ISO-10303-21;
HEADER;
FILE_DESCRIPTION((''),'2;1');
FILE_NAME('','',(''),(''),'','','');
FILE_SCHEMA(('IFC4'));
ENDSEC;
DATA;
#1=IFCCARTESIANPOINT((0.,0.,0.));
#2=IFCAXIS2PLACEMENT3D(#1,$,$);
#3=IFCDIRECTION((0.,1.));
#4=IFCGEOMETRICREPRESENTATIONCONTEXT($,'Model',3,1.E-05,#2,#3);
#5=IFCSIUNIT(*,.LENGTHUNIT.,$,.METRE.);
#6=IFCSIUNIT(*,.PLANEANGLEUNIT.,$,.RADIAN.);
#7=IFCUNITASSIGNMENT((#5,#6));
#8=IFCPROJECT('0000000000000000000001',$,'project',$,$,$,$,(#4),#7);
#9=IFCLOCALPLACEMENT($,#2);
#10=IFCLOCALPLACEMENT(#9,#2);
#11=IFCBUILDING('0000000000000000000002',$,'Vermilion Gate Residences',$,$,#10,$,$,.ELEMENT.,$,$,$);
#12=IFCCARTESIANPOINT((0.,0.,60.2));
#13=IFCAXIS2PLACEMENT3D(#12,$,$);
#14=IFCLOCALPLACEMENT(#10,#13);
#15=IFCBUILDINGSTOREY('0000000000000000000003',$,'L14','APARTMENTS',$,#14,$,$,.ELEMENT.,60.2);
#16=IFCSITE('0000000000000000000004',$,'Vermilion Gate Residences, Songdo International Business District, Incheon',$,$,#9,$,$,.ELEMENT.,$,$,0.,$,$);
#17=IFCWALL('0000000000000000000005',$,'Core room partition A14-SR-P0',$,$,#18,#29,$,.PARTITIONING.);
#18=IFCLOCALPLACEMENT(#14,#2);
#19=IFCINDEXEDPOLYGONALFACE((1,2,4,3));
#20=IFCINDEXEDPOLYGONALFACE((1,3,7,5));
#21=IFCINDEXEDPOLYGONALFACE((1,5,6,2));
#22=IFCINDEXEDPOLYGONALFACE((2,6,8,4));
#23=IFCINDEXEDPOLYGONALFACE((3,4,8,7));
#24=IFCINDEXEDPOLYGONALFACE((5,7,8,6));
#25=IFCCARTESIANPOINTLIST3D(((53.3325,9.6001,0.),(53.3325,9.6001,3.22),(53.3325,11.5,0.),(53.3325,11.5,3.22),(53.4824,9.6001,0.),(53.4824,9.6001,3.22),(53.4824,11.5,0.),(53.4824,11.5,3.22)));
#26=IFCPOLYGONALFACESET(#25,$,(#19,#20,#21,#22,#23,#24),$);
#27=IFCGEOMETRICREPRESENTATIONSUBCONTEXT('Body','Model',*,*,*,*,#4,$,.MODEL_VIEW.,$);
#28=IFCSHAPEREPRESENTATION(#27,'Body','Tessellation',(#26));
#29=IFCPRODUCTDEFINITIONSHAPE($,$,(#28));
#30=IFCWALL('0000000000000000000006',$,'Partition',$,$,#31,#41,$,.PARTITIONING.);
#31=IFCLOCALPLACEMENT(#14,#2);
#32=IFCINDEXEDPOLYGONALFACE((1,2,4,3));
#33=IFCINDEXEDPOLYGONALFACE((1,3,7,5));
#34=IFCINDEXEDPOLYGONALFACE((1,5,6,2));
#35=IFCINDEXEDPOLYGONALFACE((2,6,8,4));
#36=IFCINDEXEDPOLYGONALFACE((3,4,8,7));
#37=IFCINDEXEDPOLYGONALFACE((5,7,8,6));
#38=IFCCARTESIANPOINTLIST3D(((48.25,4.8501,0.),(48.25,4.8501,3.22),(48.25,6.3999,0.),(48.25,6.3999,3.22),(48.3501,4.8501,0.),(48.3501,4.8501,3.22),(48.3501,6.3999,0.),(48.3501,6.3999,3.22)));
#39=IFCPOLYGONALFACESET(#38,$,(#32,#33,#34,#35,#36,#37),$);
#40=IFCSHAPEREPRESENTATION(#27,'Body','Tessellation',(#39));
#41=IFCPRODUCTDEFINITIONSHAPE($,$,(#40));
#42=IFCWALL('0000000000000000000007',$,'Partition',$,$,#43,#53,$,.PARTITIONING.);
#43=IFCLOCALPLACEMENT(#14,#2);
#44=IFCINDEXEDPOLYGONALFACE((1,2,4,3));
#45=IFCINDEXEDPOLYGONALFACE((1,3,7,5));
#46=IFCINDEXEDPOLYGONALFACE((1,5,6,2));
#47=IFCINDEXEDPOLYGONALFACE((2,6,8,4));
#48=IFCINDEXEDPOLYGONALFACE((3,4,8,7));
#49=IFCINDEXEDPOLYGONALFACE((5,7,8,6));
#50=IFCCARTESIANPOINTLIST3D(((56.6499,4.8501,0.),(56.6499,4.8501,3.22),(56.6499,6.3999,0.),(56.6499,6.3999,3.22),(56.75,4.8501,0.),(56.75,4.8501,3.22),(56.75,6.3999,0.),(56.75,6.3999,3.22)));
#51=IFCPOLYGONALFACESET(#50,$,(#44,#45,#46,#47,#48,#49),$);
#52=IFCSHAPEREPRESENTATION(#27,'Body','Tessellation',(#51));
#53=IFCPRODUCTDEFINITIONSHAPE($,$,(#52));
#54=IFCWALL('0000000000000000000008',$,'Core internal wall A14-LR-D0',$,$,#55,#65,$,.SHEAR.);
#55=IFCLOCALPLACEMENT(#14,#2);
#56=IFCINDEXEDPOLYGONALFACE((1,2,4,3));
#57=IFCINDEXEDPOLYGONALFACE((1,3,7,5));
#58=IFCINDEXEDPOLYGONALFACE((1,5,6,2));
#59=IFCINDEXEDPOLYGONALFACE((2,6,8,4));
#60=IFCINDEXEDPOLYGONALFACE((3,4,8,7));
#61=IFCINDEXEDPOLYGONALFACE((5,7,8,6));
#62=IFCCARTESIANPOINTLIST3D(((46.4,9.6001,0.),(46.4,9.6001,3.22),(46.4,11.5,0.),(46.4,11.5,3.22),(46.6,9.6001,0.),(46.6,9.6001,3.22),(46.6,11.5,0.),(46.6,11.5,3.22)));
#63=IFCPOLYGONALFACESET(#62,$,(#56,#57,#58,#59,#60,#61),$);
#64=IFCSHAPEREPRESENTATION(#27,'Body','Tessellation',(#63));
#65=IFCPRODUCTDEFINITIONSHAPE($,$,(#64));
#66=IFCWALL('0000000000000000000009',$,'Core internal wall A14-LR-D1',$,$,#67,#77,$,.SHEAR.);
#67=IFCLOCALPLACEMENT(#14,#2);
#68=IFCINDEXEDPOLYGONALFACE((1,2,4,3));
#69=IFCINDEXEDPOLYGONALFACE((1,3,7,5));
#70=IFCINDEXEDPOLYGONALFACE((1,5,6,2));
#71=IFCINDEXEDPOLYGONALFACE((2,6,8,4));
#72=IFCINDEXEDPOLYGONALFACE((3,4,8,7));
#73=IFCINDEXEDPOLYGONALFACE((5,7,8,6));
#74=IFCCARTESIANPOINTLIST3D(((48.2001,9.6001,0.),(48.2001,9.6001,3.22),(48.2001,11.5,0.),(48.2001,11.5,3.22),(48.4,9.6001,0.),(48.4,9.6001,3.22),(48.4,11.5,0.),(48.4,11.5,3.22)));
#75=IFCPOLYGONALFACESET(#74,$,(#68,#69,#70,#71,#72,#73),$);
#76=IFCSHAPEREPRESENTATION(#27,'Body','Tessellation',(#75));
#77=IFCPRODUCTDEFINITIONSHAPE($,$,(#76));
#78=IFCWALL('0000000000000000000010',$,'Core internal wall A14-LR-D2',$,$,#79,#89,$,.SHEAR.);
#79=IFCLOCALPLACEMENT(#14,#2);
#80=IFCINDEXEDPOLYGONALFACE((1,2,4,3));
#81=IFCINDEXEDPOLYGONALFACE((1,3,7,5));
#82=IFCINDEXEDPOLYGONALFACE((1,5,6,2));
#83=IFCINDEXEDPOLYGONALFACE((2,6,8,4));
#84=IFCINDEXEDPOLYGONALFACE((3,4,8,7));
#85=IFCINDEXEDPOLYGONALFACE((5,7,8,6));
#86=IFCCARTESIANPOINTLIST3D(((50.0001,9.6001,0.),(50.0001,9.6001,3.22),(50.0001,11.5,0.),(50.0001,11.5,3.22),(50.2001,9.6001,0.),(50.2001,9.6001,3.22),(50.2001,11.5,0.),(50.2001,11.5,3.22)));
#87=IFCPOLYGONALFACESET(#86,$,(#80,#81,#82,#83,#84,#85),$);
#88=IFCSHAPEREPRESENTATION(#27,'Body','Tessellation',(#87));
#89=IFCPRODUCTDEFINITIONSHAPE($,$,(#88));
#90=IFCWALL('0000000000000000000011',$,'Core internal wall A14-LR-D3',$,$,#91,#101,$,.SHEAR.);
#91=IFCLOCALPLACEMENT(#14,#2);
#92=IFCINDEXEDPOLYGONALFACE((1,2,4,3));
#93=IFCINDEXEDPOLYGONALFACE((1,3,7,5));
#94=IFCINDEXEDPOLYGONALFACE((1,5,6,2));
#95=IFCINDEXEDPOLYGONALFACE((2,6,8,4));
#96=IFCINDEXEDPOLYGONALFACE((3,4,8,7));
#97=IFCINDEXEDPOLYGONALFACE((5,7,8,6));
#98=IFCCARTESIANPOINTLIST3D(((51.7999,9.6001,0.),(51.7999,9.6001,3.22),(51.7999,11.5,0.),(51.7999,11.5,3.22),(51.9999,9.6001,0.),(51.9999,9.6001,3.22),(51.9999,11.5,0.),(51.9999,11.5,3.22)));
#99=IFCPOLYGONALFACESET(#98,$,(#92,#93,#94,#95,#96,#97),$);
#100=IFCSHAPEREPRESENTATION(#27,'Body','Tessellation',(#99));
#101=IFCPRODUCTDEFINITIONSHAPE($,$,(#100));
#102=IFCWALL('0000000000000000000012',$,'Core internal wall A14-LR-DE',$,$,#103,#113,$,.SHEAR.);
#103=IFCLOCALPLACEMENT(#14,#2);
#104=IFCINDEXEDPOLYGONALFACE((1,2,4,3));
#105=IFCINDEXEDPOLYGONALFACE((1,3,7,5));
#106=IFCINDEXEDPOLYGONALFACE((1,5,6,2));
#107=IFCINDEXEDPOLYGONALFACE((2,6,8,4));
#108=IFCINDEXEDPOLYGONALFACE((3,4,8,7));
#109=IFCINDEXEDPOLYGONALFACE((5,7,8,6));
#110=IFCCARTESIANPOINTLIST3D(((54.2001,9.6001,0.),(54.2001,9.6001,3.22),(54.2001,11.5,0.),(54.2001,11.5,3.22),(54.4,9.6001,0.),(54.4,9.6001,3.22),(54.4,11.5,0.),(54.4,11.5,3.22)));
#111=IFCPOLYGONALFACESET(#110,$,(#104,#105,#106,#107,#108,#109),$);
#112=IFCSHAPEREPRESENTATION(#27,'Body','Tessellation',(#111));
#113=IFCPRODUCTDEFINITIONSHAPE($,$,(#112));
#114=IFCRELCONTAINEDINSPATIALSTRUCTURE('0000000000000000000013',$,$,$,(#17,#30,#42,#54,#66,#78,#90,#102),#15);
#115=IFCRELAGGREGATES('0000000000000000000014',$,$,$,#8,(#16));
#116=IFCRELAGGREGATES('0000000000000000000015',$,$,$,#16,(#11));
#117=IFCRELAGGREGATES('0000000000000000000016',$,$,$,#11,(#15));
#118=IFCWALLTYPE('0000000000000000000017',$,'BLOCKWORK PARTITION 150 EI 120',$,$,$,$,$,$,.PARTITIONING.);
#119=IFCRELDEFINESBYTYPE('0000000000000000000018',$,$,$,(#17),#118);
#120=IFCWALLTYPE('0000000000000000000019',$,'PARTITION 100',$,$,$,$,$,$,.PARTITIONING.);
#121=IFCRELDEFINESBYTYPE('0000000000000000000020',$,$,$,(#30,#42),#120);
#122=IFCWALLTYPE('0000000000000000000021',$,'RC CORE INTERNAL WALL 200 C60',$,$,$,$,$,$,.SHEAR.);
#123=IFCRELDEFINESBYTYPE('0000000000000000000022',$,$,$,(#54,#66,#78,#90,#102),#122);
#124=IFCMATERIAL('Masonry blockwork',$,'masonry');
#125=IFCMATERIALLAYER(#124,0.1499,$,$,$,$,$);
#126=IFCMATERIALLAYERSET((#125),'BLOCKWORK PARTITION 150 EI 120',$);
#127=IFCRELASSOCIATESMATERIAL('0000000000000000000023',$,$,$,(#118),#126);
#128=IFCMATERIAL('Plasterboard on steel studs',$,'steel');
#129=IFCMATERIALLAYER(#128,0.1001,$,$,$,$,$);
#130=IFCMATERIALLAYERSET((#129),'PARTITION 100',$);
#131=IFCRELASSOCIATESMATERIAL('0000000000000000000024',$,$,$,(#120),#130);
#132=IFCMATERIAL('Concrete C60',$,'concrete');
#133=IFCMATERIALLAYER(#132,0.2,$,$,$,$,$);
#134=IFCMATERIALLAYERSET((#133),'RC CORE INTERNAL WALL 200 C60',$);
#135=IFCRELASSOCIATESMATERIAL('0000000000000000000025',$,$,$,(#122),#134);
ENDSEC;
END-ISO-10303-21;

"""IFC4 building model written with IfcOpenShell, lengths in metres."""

from ifc_helpers import new_model, si_unit, direction, frame, frame_2d, origin, place, context, subcontext, project, spatial, rectangle, extrude, material, layer, layer_set, type_object, element, save


model = new_model("IFC4")

# Units and contexts
model_context = context("Model", 3, precision=1e-05, world=origin(), true_north=direction((0.0, 1.0)))
body_context = subcontext(model_context, "Body", "Model", "MODEL_VIEW")
ifc_project = project(units=[si_unit("LENGTHUNIT", "METRE"), si_unit("PLANEANGLEUNIT", "RADIAN")], contexts=[model_context])

# Site, building, storey
site_placement = place(None, origin())
site = spatial("IfcSite", under=ifc_project, at=site_placement, Name="Vermilion Gate Residences, Songdo International Business District, Incheon", CompositionType="ELEMENT", RefElevation=0.0)
building_placement = place(site_placement, origin())
building = spatial("IfcBuilding", under=site, at=building_placement, Name="Vermilion Gate Residences", CompositionType="ELEMENT")
storey_placement = place(building_placement, frame((0.0, 0.0, 60.2)))
storey = spatial("IfcBuildingStorey", under=building, at=storey_placement, Name="L14", Description="APARTMENTS", CompositionType="ELEMENT", Elevation=60.2)

# Walls
ifc_material_1 = material(Name="Masonry blockwork", Category="masonry")
ifc_layer_1 = layer(ifc_material_1, 0.1499)
ifc_layer_set_1 = layer_set([ifc_layer_1], Name="BLOCKWORK PARTITION 150 EI 120")
wall_type_1 = type_object("IfcWallType", Name="BLOCKWORK PARTITION 150 EI 120", PredefinedType="PARTITIONING", material=ifc_layer_set_1)
wall_1_placement = place(storey_placement, frame((53.4075, 9.6001, 0.0), z_axis=(0.0, 0.0, 1.0), x_axis=(0.0, 1.0, 0.0)))
element("IfcWall", 1, at=wall_1_placement, inside=storey, type_object=wall_type_1, Name="Core room partition A14-SR-P0", PredefinedType="PARTITIONING", context=body_context, shape_type="SweptSolid", body=[
    extrude(rectangle(XDim=1.8999, YDim=0.1499, at=frame_2d((0.95, 0.0))), origin(), (0.0, 0.0, 1.0), 3.22),
])
ifc_material_2 = material(Name="Plasterboard on steel studs", Category="steel")
ifc_layer_2 = layer(ifc_material_2, 0.1001)
ifc_layer_set_2 = layer_set([ifc_layer_2], Name="PARTITION 100")
wall_type_2 = type_object("IfcWallType", Name="PARTITION 100", PredefinedType="PARTITIONING", material=ifc_layer_set_2)
for number, where, z_axis, x_axis, name in (
    (2, (48.3, 4.8501, 0.0), (0.0, 0.0, 1.0), (0.0, 1.0, 0.0), "Partition"),
    (3, (56.7, 4.8501, 0.0), (0.0, 0.0, 1.0), (0.0, 1.0, 0.0), "Partition"),
):
    element("IfcWall", number, at=place(storey_placement, frame(where, z_axis=z_axis, x_axis=x_axis)), inside=storey, type_object=wall_type_2, Name=name, PredefinedType="PARTITIONING", context=body_context, shape_type="SweptSolid", body=[
        extrude(rectangle(XDim=1.5498, YDim=0.1001, at=frame_2d((0.7749, 0.0))), origin(), (0.0, 0.0, 1.0), 3.22),
    ])
ifc_material_3 = material(Name="Concrete C60", Category="concrete")
ifc_layer_3 = layer(ifc_material_3, 0.2)
ifc_layer_set_3 = layer_set([ifc_layer_3], Name="RC CORE INTERNAL WALL 200 C60")
wall_type_3 = type_object("IfcWallType", Name="RC CORE INTERNAL WALL 200 C60", PredefinedType="SHEAR", material=ifc_layer_set_3)
for number, where, z_axis, x_axis, name in (
    (4, (46.5, 9.6001, 0.0), (0.0, 0.0, 1.0), (0.0, 1.0, 0.0), "Core internal wall A14-LR-D0"),
    (5, (48.3, 9.6001, 0.0), (0.0, 0.0, 1.0), (0.0, 1.0, 0.0), "Core internal wall A14-LR-D1"),
    (6, (50.1001, 9.6001, 0.0), (0.0, 0.0, 1.0), (0.0, 1.0, 0.0), "Core internal wall A14-LR-D2"),
    (7, (51.8999, 9.6001, 0.0), (0.0, 0.0, 1.0), (0.0, 1.0, 0.0), "Core internal wall A14-LR-D3"),
    (8, (54.3, 9.6001, 0.0), (0.0, 0.0, 1.0), (0.0, 1.0, 0.0), "Core internal wall A14-LR-DE"),
):
    element("IfcWall", number, at=place(storey_placement, frame(where, z_axis=z_axis, x_axis=x_axis)), inside=storey, type_object=wall_type_3, Name=name, PredefinedType="SHEAR", context=body_context, shape_type="SweptSolid", body=[
        extrude(rectangle(XDim=1.8999, YDim=0.2, at=frame_2d((0.95, 0.0))), origin(), (0.0, 0.0, 1.0), 3.22),
    ])

save(model, "model.ifc")
